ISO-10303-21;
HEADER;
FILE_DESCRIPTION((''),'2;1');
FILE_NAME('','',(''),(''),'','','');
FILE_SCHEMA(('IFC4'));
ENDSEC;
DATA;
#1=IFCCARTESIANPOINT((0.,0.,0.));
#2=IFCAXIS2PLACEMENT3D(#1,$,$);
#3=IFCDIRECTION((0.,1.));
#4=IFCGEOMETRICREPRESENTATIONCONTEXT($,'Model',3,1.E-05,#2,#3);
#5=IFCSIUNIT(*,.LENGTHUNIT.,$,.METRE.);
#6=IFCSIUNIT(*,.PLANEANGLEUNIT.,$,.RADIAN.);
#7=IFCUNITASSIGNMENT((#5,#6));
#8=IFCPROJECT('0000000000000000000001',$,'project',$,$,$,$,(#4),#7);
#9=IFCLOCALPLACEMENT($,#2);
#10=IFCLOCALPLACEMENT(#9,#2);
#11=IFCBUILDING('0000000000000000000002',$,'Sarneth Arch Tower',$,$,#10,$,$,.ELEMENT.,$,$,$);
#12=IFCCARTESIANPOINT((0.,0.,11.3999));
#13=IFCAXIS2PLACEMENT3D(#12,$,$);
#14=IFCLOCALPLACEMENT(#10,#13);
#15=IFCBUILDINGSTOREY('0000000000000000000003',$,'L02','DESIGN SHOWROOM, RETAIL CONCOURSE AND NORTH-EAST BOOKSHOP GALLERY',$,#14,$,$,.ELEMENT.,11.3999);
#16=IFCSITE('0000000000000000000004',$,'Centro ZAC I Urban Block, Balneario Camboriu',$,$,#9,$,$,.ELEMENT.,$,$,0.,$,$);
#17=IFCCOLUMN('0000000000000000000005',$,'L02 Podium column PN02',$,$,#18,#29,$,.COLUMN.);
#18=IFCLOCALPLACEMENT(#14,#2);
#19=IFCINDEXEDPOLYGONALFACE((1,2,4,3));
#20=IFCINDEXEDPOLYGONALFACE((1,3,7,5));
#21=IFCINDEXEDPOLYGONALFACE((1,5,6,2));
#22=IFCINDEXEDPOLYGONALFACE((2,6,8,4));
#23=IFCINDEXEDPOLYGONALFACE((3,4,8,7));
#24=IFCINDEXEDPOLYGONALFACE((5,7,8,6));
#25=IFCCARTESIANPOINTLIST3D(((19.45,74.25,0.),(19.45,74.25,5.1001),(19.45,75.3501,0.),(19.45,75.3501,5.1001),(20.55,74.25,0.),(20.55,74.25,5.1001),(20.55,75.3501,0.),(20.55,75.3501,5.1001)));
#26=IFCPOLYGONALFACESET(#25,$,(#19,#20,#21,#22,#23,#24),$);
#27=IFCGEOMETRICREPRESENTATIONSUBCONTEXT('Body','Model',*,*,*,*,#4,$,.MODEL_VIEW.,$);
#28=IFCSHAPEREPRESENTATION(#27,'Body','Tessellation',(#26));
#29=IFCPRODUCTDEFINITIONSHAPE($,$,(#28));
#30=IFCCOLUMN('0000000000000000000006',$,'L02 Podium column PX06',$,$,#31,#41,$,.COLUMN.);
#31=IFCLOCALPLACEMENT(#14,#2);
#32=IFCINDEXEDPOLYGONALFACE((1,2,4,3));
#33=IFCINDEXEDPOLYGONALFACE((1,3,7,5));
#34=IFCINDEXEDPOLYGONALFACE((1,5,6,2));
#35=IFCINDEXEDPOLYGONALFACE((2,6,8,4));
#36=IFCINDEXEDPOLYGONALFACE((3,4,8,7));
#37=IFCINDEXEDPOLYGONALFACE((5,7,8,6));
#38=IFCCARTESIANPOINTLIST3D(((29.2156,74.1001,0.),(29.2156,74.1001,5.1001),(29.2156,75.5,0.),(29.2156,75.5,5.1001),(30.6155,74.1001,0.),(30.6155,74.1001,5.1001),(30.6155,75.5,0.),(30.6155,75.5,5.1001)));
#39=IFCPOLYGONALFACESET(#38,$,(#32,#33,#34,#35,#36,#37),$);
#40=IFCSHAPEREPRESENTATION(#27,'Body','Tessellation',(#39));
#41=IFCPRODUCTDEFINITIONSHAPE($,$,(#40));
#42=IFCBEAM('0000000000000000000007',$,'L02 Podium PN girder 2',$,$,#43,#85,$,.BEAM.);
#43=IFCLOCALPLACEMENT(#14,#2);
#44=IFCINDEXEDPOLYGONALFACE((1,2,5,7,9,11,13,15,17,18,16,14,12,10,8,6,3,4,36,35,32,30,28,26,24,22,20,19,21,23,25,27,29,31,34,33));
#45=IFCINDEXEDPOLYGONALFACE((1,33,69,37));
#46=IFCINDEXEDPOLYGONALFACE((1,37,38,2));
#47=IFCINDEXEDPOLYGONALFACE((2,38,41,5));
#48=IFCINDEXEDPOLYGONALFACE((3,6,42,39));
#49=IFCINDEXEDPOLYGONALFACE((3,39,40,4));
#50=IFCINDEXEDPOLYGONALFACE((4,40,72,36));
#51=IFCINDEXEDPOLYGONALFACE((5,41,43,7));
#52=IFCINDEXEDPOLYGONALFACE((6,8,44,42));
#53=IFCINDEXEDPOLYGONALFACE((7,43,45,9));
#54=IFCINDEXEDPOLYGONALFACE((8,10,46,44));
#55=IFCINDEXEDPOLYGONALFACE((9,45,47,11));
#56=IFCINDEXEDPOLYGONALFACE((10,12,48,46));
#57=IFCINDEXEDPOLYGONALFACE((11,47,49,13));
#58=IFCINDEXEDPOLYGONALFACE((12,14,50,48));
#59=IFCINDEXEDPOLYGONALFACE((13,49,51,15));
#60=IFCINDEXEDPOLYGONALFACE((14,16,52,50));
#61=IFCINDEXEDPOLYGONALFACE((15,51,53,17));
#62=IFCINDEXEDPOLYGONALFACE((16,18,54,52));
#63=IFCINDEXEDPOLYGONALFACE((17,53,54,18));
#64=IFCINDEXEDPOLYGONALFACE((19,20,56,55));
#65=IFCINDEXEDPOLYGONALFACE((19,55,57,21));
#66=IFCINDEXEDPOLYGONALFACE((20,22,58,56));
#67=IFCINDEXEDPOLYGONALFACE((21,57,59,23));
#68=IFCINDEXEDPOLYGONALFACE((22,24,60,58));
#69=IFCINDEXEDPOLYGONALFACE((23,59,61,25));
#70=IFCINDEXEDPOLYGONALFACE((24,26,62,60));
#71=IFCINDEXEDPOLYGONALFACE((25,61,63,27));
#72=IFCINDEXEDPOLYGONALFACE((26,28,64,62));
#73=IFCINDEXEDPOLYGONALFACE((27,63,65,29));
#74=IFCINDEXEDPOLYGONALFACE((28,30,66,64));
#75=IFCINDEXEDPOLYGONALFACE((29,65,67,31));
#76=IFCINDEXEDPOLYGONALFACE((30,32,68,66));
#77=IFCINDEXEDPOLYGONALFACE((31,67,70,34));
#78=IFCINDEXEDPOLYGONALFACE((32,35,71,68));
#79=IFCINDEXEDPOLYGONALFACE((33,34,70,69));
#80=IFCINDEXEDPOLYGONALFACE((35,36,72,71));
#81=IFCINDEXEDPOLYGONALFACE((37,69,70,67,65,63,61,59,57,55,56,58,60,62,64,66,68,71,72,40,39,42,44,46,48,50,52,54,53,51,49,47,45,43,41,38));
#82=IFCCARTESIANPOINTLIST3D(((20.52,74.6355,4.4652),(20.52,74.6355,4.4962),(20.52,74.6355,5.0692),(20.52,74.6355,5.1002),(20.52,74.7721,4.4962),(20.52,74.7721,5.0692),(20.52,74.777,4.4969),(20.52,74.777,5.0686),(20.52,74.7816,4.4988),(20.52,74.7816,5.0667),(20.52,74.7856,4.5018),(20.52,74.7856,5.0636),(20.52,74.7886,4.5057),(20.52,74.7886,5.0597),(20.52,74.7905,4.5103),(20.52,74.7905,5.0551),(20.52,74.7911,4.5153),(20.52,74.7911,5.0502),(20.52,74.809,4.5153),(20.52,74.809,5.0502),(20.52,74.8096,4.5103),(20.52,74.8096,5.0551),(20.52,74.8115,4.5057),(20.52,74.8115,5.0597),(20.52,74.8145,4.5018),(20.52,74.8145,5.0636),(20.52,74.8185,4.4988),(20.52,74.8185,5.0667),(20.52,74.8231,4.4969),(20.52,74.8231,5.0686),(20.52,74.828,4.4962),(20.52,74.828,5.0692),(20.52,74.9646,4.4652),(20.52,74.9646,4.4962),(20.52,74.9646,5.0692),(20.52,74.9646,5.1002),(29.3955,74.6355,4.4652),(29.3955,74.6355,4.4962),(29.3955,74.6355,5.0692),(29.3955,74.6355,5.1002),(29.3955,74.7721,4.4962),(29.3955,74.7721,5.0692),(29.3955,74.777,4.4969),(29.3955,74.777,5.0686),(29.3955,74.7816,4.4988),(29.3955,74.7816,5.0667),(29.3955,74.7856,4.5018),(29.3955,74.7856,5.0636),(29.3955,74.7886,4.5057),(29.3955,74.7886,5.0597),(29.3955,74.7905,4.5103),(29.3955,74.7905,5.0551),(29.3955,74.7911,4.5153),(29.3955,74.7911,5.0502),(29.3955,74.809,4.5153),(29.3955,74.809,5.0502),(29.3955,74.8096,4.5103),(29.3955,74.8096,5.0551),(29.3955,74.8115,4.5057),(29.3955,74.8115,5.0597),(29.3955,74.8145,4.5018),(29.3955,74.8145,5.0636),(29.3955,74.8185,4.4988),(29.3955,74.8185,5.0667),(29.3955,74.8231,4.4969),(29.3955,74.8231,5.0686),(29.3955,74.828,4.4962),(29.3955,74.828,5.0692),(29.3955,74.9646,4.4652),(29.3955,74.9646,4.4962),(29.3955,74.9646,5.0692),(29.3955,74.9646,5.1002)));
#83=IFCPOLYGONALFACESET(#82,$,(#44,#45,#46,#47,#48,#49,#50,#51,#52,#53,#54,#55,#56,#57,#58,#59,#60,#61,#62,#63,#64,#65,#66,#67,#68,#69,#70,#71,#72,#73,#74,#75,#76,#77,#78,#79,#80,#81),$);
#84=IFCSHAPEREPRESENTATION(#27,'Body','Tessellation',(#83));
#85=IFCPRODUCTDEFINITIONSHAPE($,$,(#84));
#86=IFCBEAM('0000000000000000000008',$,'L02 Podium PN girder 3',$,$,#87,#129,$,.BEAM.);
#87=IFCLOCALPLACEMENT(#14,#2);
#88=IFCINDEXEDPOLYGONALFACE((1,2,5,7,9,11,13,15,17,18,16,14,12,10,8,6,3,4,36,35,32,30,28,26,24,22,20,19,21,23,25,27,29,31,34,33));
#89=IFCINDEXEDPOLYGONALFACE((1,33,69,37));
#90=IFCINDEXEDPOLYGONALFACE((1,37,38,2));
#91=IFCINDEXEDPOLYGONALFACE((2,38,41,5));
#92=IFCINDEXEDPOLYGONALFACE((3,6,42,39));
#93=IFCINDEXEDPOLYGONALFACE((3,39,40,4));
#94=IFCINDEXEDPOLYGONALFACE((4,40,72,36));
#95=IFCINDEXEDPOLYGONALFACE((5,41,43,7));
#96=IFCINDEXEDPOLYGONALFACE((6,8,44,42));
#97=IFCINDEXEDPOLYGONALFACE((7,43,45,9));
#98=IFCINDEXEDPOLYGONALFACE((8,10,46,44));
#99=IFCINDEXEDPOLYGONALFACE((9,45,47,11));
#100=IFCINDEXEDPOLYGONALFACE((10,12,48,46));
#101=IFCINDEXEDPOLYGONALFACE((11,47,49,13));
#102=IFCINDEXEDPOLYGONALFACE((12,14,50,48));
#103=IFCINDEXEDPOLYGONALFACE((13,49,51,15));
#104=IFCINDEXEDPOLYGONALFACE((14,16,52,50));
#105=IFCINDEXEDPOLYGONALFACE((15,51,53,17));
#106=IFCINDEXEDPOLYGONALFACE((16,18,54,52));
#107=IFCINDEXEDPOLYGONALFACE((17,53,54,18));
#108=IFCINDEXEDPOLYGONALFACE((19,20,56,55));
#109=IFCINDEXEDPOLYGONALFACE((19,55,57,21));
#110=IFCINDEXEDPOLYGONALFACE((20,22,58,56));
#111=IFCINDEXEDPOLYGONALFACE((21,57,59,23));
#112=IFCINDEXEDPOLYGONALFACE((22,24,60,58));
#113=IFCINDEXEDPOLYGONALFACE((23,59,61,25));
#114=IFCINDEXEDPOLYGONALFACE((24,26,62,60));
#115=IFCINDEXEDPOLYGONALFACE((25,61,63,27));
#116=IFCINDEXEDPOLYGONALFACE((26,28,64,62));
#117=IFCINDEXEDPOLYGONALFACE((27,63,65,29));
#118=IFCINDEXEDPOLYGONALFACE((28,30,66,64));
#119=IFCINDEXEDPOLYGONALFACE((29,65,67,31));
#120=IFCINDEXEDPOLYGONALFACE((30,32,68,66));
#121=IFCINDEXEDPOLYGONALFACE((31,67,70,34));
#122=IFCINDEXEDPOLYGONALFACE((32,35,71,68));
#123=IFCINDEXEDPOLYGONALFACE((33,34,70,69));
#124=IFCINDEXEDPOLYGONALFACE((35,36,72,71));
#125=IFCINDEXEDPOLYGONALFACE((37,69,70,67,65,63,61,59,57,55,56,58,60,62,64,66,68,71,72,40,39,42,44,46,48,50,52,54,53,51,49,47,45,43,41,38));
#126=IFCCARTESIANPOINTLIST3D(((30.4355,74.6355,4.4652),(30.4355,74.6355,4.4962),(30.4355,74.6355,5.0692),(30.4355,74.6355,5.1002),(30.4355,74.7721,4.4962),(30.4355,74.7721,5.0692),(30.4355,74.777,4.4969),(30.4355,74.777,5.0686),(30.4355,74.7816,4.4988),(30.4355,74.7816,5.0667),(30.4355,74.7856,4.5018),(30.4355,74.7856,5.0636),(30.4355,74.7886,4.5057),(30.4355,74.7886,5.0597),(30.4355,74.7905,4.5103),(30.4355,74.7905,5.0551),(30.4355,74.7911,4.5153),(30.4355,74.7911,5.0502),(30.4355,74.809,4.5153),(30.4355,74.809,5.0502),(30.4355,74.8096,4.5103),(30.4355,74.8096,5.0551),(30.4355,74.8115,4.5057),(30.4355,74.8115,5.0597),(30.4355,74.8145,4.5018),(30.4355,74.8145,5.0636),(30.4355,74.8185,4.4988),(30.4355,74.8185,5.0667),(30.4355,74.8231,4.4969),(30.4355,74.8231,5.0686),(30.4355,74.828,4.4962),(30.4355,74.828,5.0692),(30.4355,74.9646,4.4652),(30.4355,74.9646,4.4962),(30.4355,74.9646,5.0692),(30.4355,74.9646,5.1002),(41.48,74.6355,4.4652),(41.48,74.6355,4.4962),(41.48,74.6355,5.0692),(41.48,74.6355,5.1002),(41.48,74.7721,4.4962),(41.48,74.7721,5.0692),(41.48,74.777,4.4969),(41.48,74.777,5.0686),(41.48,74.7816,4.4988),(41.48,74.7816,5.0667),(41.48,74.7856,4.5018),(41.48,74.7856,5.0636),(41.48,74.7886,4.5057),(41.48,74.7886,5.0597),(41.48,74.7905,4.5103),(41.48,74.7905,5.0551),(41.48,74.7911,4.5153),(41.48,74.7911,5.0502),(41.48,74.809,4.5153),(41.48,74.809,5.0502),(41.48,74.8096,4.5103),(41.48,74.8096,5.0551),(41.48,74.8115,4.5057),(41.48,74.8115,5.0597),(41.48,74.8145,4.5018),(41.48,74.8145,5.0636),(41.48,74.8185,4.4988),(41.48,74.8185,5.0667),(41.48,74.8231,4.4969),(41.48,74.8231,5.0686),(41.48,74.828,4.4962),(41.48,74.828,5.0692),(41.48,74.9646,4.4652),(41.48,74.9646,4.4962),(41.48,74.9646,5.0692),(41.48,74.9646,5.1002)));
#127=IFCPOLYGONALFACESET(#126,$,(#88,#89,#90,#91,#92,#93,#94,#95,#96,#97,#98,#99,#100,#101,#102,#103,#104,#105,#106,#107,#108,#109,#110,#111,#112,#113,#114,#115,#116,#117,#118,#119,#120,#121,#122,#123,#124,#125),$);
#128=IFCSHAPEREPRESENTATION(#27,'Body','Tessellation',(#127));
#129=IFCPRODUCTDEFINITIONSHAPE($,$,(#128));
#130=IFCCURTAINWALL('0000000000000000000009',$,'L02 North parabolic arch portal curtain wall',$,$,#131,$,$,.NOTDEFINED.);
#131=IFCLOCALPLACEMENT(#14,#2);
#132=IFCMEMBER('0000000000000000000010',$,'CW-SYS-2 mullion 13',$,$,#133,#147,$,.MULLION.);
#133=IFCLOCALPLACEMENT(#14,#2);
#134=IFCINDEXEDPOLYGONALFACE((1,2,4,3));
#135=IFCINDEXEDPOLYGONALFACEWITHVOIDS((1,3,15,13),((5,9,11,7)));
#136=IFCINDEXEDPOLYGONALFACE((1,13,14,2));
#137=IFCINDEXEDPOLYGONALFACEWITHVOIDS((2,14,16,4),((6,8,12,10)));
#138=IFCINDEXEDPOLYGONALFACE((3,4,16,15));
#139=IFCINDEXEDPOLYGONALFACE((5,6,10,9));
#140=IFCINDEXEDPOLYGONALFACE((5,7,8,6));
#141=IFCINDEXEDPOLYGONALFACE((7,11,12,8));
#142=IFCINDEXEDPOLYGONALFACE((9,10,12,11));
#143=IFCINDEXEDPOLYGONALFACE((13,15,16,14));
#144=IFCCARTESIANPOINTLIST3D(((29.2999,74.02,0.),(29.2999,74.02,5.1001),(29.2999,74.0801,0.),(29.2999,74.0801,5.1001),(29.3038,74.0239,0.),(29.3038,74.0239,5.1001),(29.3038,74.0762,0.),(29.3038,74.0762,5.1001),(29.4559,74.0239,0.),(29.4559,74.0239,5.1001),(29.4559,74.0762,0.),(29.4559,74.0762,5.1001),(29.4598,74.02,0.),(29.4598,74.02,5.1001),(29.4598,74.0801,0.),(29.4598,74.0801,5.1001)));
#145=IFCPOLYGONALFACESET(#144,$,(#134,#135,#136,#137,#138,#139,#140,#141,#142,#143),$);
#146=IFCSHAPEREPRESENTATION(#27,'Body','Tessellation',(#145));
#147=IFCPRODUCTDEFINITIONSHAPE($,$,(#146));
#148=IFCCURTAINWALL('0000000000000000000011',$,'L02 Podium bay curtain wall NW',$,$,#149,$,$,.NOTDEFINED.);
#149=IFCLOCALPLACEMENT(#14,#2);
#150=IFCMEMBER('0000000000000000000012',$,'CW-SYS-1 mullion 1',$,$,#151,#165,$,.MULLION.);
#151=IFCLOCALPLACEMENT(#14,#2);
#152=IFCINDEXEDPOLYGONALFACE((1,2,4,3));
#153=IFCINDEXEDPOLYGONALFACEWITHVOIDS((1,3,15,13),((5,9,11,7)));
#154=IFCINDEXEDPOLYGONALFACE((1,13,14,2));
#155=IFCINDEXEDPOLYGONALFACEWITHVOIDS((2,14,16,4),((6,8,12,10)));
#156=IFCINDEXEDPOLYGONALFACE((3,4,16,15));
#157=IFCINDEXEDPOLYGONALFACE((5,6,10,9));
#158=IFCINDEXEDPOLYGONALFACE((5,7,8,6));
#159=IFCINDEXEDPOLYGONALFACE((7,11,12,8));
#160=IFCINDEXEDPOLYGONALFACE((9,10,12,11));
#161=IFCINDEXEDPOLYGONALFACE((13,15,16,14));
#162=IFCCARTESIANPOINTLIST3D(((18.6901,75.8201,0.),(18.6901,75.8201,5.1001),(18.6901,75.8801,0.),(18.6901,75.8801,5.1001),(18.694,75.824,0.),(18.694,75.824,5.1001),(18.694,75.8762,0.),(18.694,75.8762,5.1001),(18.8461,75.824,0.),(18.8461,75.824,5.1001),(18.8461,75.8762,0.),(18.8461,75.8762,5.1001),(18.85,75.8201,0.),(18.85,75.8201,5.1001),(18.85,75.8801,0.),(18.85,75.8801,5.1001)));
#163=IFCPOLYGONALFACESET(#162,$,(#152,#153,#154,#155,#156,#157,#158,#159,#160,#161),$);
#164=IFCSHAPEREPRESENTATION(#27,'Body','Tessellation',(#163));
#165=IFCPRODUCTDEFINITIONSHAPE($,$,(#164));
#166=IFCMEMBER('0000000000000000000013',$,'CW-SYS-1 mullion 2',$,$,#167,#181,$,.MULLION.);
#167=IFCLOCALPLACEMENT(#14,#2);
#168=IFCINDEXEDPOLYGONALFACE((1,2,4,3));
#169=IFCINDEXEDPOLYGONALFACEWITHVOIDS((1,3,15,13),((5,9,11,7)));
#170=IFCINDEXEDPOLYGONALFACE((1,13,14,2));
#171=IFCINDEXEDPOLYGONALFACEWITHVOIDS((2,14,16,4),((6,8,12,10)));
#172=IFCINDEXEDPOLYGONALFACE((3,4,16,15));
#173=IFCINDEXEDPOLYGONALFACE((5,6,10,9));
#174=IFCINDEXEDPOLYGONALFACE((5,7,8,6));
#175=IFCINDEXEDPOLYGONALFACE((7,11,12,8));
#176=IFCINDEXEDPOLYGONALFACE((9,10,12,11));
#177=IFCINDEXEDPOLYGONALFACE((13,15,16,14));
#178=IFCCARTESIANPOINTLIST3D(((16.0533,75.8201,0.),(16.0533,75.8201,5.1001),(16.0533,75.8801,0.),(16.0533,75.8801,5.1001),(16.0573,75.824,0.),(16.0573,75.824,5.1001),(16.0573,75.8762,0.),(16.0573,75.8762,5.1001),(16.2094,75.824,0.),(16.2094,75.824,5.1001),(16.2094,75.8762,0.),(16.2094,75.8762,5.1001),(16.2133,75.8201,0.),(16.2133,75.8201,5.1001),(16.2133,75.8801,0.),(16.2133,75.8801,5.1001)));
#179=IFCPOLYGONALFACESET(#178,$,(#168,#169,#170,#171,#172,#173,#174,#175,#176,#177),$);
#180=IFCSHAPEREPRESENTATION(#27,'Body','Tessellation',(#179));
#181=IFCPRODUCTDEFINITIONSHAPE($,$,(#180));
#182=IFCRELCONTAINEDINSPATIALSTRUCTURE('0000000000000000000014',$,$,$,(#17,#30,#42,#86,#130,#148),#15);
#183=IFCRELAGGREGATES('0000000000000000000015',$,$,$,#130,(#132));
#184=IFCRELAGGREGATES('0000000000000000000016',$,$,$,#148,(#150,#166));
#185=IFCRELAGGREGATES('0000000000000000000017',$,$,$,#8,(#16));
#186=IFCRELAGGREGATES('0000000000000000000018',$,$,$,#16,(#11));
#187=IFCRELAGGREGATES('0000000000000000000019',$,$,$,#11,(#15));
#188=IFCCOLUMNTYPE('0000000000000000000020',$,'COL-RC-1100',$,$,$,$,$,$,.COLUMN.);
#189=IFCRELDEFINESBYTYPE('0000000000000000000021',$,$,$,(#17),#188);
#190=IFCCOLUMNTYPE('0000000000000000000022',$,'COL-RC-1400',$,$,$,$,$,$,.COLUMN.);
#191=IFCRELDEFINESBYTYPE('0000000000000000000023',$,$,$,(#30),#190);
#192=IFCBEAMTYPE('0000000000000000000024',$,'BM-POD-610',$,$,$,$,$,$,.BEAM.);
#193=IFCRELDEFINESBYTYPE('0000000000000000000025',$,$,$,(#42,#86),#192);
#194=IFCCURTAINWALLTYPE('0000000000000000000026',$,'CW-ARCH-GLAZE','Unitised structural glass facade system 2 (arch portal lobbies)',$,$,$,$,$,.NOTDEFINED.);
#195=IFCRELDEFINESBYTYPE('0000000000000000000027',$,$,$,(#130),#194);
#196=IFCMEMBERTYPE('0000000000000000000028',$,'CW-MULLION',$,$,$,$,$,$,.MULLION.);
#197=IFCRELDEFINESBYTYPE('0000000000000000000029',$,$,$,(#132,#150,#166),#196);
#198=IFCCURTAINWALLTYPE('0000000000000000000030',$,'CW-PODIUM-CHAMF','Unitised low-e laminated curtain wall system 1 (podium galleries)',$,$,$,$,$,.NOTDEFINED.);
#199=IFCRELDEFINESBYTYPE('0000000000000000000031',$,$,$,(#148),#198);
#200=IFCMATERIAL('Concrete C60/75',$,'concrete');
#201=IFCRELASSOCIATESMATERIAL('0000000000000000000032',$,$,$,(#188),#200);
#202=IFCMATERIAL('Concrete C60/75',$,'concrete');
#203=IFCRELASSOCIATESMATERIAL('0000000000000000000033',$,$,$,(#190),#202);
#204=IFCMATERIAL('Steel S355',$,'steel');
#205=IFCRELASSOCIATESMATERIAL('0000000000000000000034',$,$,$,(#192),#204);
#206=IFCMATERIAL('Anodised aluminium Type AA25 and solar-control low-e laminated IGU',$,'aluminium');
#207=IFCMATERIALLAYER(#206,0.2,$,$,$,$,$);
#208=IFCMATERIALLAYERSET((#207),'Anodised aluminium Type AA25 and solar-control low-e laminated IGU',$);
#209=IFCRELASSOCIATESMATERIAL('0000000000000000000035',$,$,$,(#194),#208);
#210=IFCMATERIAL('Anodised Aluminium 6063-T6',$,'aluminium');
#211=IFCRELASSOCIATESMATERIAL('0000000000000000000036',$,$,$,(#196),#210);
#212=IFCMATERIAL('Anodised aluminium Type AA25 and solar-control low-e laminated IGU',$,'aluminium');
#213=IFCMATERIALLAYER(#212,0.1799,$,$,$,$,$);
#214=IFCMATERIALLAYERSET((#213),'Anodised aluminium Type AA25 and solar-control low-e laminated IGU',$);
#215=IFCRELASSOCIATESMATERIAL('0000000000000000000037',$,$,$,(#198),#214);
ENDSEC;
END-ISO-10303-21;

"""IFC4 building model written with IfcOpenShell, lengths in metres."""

from ifc_helpers import new_model, si_unit, direction, frame, origin, origin_2d, place, context, subcontext, project, spatial, rectangle, hollow_rectangle, i_section, extrude, material, layer, layer_set, material_profile, profile_set, type_object, element, aggregate, save


model = new_model("IFC4")

# Units and contexts
model_context = context("Model", 3, precision=1e-05, world=origin(), true_north=direction((0.0, 1.0)))
body_context = subcontext(model_context, "Body", "Model", "MODEL_VIEW")
ifc_project = project(units=[si_unit("LENGTHUNIT", "METRE"), si_unit("PLANEANGLEUNIT", "RADIAN")], contexts=[model_context])

# Site, building, storey
site_placement = place(None, origin())
site = spatial("IfcSite", under=ifc_project, at=site_placement, Name="Centro ZAC I Urban Block, Balneario Camboriu", CompositionType="ELEMENT", RefElevation=0.0)
building_placement = place(site_placement, origin())
building = spatial("IfcBuilding", under=site, at=building_placement, Name="Sarneth Arch Tower", CompositionType="ELEMENT")
storey_placement = place(building_placement, frame((0.0, 0.0, 11.3999)))
storey = spatial("IfcBuildingStorey", under=building, at=storey_placement, Name="L02", Description="DESIGN SHOWROOM, RETAIL CONCOURSE AND NORTH-EAST BOOKSHOP GALLERY", CompositionType="ELEMENT", Elevation=11.3999)

# Columns
ifc_material_1 = material(Name="Concrete C60/75", Category="concrete")
ifc_material_profile_1 = material_profile(ifc_material_1, rectangle(XDim=1.1001, YDim=1.1001, at=origin_2d()), Name="RC-1100x1100")
ifc_profile_set_1 = profile_set([ifc_material_profile_1], Name="Concrete C60/75")
column_type_1 = type_object("IfcColumnType", Name="COL-RC-1100", PredefinedType="COLUMN", material=ifc_profile_set_1)
column_1_placement = place(storey_placement, frame((20.0, 74.8, 0.0), z_axis=(0.0, 0.0, 1.0), x_axis=(1.0, 0.0, 0.0)))
element("IfcColumn", 1, at=column_1_placement, inside=storey, type_object=column_type_1, Name="L02 Podium column PN02", PredefinedType="COLUMN", context=body_context, shape_type="SweptSolid", body=[
    extrude(rectangle(XDim=1.1001, YDim=1.1001, at=origin_2d()), origin(), (0.0, 0.0, 1.0), 5.1001),
])
ifc_material_2 = material(Name="Concrete C60/75", Category="concrete")
ifc_material_profile_2 = material_profile(ifc_material_2, rectangle(XDim=1.3999, YDim=1.3999, at=origin_2d()), Name="RC-1400x1400")
ifc_profile_set_2 = profile_set([ifc_material_profile_2], Name="Concrete C60/75")
column_type_2 = type_object("IfcColumnType", Name="COL-RC-1400", PredefinedType="COLUMN", material=ifc_profile_set_2)
column_2_placement = place(storey_placement, frame((29.9155, 74.8, 0.0), z_axis=(0.0, 0.0, 1.0), x_axis=(1.0, 0.0, 0.0)))
element("IfcColumn", 2, at=column_2_placement, inside=storey, type_object=column_type_2, Name="L02 Podium column PX06", PredefinedType="COLUMN", context=body_context, shape_type="SweptSolid", body=[
    extrude(rectangle(XDim=1.3999, YDim=1.3999, at=origin_2d()), origin(), (0.0, 0.0, 1.0), 5.1001),
])

# Beams
ifc_material_3 = material(Name="Steel S355", Category="steel")
ifc_material_profile_3 = material_profile(ifc_material_3, i_section(OverallWidth=0.3291, OverallDepth=0.635, WebThickness=0.0178, FlangeThickness=0.031, FilletRadius=0.019, at=origin_2d()), Name="W610x241")
ifc_profile_set_3 = profile_set([ifc_material_profile_3], Name="Steel S355")
beam_type = type_object("IfcBeamType", Name="BM-POD-610", PredefinedType="BEAM", material=ifc_profile_set_3)
beam_1_placement = place(storey_placement, frame((20.52, 74.8, 4.7827), z_axis=(1.0, 0.0, 0.0), x_axis=(0.0, 1.0, 0.0)))
element("IfcBeam", 3, at=beam_1_placement, inside=storey, type_object=beam_type, Name="L02 Podium PN girder 2", PredefinedType="BEAM", context=body_context, shape_type="SweptSolid", body=[
    extrude(i_section(OverallWidth=0.3291, OverallDepth=0.635, WebThickness=0.0178, FlangeThickness=0.031, FilletRadius=0.019, at=origin_2d()), origin(), (0.0, 0.0, 1.0), 8.8755),
])
beam_2_placement = place(storey_placement, frame((30.4355, 74.8, 4.7827), z_axis=(1.0, 0.0, 0.0), x_axis=(0.0, 1.0, 0.0)))
element("IfcBeam", 4, at=beam_2_placement, inside=storey, type_object=beam_type, Name="L02 Podium PN girder 3", PredefinedType="BEAM", context=body_context, shape_type="SweptSolid", body=[
    extrude(i_section(OverallWidth=0.3291, OverallDepth=0.635, WebThickness=0.0178, FlangeThickness=0.031, FilletRadius=0.019, at=origin_2d()), origin(), (0.0, 0.0, 1.0), 11.0444),
])

# Curtain wall, member
ifc_material_4 = material(Name="Anodised aluminium Type AA25 and solar-control low-e laminated IGU", Category="aluminium")
ifc_layer_1 = layer(ifc_material_4, 0.2)
ifc_layer_set_1 = layer_set([ifc_layer_1], Name="Anodised aluminium Type AA25 and solar-control low-e laminated IGU")
curtain_wall_type_1 = type_object("IfcCurtainWallType", Name="CW-ARCH-GLAZE", Description="Unitised structural glass facade system 2 (arch portal lobbies)", PredefinedType="NOTDEFINED", material=ifc_layer_set_1)
curtain_wall_1_placement = place(storey_placement, origin())
curtain_wall_1 = element("IfcCurtainWall", 5, at=curtain_wall_1_placement, inside=storey, type_object=curtain_wall_type_1, Name="L02 North parabolic arch portal curtain wall", PredefinedType="NOTDEFINED")
ifc_material_5 = material(Name="Anodised Aluminium 6063-T6", Category="aluminium")
ifc_material_profile_4 = material_profile(ifc_material_5, hollow_rectangle(XDim=0.0601, YDim=0.1599, WallThickness=0.0039, at=origin_2d()), Name="AL-MULL-160x60x4")
ifc_profile_set_4 = profile_set([ifc_material_profile_4], Name="Anodised Aluminium 6063-T6")
member_type_1 = type_object("IfcMemberType", Name="CW-MULLION", PredefinedType="MULLION", material=ifc_profile_set_4)
member_1_placement = place(storey_placement, frame((29.3799, 74.05, 0.0), z_axis=(0.0, 0.0, 1.0), x_axis=(0.0, -1.0, 0.0)))
member_1 = element("IfcMember", 6, at=member_1_placement, type_object=member_type_1, Name="CW-SYS-2 mullion 13", PredefinedType="MULLION", context=body_context, shape_type="SweptSolid", body=[
    extrude(hollow_rectangle(XDim=0.0601, YDim=0.1599, WallThickness=0.0039, at=origin_2d()), origin(), (0.0, 0.0, 1.0), 5.1001),
])

# Curtain wall, members
ifc_material_6 = material(Name="Anodised aluminium Type AA25 and solar-control low-e laminated IGU", Category="aluminium")
ifc_layer_2 = layer(ifc_material_6, 0.1799)
ifc_layer_set_2 = layer_set([ifc_layer_2], Name="Anodised aluminium Type AA25 and solar-control low-e laminated IGU")
curtain_wall_type_2 = type_object("IfcCurtainWallType", Name="CW-PODIUM-CHAMF", Description="Unitised low-e laminated curtain wall system 1 (podium galleries)", PredefinedType="NOTDEFINED", material=ifc_layer_set_2)
curtain_wall_2_placement = place(storey_placement, origin())
curtain_wall_2 = element("IfcCurtainWall", 7, at=curtain_wall_2_placement, inside=storey, type_object=curtain_wall_type_2, Name="L02 Podium bay curtain wall NW", PredefinedType="NOTDEFINED")
member_2_placement = place(storey_placement, frame((18.77, 75.8501, 0.0), z_axis=(0.0, 0.0, 1.0), x_axis=(0.0, -1.0, 0.0)))
member_2 = element("IfcMember", 8, at=member_2_placement, type_object=member_type_1, Name="CW-SYS-1 mullion 1", PredefinedType="MULLION", context=body_context, shape_type="SweptSolid", body=[
    extrude(hollow_rectangle(XDim=0.0601, YDim=0.1599, WallThickness=0.0039, at=origin_2d()), origin(), (0.0, 0.0, 1.0), 5.1001),
])
member_3_placement = place(storey_placement, frame((16.1333, 75.8501, 0.0), z_axis=(0.0, 0.0, 1.0), x_axis=(0.0, -1.0, 0.0)))
member_3 = element("IfcMember", 9, at=member_3_placement, type_object=member_type_1, Name="CW-SYS-1 mullion 2", PredefinedType="MULLION", context=body_context, shape_type="SweptSolid", body=[
    extrude(hollow_rectangle(XDim=0.0601, YDim=0.1599, WallThickness=0.0039, at=origin_2d()), origin(), (0.0, 0.0, 1.0), 5.1001),
])

aggregate(curtain_wall_1, [member_1])
aggregate(curtain_wall_2, [member_2, member_3])

save(model, "model.ifc")
